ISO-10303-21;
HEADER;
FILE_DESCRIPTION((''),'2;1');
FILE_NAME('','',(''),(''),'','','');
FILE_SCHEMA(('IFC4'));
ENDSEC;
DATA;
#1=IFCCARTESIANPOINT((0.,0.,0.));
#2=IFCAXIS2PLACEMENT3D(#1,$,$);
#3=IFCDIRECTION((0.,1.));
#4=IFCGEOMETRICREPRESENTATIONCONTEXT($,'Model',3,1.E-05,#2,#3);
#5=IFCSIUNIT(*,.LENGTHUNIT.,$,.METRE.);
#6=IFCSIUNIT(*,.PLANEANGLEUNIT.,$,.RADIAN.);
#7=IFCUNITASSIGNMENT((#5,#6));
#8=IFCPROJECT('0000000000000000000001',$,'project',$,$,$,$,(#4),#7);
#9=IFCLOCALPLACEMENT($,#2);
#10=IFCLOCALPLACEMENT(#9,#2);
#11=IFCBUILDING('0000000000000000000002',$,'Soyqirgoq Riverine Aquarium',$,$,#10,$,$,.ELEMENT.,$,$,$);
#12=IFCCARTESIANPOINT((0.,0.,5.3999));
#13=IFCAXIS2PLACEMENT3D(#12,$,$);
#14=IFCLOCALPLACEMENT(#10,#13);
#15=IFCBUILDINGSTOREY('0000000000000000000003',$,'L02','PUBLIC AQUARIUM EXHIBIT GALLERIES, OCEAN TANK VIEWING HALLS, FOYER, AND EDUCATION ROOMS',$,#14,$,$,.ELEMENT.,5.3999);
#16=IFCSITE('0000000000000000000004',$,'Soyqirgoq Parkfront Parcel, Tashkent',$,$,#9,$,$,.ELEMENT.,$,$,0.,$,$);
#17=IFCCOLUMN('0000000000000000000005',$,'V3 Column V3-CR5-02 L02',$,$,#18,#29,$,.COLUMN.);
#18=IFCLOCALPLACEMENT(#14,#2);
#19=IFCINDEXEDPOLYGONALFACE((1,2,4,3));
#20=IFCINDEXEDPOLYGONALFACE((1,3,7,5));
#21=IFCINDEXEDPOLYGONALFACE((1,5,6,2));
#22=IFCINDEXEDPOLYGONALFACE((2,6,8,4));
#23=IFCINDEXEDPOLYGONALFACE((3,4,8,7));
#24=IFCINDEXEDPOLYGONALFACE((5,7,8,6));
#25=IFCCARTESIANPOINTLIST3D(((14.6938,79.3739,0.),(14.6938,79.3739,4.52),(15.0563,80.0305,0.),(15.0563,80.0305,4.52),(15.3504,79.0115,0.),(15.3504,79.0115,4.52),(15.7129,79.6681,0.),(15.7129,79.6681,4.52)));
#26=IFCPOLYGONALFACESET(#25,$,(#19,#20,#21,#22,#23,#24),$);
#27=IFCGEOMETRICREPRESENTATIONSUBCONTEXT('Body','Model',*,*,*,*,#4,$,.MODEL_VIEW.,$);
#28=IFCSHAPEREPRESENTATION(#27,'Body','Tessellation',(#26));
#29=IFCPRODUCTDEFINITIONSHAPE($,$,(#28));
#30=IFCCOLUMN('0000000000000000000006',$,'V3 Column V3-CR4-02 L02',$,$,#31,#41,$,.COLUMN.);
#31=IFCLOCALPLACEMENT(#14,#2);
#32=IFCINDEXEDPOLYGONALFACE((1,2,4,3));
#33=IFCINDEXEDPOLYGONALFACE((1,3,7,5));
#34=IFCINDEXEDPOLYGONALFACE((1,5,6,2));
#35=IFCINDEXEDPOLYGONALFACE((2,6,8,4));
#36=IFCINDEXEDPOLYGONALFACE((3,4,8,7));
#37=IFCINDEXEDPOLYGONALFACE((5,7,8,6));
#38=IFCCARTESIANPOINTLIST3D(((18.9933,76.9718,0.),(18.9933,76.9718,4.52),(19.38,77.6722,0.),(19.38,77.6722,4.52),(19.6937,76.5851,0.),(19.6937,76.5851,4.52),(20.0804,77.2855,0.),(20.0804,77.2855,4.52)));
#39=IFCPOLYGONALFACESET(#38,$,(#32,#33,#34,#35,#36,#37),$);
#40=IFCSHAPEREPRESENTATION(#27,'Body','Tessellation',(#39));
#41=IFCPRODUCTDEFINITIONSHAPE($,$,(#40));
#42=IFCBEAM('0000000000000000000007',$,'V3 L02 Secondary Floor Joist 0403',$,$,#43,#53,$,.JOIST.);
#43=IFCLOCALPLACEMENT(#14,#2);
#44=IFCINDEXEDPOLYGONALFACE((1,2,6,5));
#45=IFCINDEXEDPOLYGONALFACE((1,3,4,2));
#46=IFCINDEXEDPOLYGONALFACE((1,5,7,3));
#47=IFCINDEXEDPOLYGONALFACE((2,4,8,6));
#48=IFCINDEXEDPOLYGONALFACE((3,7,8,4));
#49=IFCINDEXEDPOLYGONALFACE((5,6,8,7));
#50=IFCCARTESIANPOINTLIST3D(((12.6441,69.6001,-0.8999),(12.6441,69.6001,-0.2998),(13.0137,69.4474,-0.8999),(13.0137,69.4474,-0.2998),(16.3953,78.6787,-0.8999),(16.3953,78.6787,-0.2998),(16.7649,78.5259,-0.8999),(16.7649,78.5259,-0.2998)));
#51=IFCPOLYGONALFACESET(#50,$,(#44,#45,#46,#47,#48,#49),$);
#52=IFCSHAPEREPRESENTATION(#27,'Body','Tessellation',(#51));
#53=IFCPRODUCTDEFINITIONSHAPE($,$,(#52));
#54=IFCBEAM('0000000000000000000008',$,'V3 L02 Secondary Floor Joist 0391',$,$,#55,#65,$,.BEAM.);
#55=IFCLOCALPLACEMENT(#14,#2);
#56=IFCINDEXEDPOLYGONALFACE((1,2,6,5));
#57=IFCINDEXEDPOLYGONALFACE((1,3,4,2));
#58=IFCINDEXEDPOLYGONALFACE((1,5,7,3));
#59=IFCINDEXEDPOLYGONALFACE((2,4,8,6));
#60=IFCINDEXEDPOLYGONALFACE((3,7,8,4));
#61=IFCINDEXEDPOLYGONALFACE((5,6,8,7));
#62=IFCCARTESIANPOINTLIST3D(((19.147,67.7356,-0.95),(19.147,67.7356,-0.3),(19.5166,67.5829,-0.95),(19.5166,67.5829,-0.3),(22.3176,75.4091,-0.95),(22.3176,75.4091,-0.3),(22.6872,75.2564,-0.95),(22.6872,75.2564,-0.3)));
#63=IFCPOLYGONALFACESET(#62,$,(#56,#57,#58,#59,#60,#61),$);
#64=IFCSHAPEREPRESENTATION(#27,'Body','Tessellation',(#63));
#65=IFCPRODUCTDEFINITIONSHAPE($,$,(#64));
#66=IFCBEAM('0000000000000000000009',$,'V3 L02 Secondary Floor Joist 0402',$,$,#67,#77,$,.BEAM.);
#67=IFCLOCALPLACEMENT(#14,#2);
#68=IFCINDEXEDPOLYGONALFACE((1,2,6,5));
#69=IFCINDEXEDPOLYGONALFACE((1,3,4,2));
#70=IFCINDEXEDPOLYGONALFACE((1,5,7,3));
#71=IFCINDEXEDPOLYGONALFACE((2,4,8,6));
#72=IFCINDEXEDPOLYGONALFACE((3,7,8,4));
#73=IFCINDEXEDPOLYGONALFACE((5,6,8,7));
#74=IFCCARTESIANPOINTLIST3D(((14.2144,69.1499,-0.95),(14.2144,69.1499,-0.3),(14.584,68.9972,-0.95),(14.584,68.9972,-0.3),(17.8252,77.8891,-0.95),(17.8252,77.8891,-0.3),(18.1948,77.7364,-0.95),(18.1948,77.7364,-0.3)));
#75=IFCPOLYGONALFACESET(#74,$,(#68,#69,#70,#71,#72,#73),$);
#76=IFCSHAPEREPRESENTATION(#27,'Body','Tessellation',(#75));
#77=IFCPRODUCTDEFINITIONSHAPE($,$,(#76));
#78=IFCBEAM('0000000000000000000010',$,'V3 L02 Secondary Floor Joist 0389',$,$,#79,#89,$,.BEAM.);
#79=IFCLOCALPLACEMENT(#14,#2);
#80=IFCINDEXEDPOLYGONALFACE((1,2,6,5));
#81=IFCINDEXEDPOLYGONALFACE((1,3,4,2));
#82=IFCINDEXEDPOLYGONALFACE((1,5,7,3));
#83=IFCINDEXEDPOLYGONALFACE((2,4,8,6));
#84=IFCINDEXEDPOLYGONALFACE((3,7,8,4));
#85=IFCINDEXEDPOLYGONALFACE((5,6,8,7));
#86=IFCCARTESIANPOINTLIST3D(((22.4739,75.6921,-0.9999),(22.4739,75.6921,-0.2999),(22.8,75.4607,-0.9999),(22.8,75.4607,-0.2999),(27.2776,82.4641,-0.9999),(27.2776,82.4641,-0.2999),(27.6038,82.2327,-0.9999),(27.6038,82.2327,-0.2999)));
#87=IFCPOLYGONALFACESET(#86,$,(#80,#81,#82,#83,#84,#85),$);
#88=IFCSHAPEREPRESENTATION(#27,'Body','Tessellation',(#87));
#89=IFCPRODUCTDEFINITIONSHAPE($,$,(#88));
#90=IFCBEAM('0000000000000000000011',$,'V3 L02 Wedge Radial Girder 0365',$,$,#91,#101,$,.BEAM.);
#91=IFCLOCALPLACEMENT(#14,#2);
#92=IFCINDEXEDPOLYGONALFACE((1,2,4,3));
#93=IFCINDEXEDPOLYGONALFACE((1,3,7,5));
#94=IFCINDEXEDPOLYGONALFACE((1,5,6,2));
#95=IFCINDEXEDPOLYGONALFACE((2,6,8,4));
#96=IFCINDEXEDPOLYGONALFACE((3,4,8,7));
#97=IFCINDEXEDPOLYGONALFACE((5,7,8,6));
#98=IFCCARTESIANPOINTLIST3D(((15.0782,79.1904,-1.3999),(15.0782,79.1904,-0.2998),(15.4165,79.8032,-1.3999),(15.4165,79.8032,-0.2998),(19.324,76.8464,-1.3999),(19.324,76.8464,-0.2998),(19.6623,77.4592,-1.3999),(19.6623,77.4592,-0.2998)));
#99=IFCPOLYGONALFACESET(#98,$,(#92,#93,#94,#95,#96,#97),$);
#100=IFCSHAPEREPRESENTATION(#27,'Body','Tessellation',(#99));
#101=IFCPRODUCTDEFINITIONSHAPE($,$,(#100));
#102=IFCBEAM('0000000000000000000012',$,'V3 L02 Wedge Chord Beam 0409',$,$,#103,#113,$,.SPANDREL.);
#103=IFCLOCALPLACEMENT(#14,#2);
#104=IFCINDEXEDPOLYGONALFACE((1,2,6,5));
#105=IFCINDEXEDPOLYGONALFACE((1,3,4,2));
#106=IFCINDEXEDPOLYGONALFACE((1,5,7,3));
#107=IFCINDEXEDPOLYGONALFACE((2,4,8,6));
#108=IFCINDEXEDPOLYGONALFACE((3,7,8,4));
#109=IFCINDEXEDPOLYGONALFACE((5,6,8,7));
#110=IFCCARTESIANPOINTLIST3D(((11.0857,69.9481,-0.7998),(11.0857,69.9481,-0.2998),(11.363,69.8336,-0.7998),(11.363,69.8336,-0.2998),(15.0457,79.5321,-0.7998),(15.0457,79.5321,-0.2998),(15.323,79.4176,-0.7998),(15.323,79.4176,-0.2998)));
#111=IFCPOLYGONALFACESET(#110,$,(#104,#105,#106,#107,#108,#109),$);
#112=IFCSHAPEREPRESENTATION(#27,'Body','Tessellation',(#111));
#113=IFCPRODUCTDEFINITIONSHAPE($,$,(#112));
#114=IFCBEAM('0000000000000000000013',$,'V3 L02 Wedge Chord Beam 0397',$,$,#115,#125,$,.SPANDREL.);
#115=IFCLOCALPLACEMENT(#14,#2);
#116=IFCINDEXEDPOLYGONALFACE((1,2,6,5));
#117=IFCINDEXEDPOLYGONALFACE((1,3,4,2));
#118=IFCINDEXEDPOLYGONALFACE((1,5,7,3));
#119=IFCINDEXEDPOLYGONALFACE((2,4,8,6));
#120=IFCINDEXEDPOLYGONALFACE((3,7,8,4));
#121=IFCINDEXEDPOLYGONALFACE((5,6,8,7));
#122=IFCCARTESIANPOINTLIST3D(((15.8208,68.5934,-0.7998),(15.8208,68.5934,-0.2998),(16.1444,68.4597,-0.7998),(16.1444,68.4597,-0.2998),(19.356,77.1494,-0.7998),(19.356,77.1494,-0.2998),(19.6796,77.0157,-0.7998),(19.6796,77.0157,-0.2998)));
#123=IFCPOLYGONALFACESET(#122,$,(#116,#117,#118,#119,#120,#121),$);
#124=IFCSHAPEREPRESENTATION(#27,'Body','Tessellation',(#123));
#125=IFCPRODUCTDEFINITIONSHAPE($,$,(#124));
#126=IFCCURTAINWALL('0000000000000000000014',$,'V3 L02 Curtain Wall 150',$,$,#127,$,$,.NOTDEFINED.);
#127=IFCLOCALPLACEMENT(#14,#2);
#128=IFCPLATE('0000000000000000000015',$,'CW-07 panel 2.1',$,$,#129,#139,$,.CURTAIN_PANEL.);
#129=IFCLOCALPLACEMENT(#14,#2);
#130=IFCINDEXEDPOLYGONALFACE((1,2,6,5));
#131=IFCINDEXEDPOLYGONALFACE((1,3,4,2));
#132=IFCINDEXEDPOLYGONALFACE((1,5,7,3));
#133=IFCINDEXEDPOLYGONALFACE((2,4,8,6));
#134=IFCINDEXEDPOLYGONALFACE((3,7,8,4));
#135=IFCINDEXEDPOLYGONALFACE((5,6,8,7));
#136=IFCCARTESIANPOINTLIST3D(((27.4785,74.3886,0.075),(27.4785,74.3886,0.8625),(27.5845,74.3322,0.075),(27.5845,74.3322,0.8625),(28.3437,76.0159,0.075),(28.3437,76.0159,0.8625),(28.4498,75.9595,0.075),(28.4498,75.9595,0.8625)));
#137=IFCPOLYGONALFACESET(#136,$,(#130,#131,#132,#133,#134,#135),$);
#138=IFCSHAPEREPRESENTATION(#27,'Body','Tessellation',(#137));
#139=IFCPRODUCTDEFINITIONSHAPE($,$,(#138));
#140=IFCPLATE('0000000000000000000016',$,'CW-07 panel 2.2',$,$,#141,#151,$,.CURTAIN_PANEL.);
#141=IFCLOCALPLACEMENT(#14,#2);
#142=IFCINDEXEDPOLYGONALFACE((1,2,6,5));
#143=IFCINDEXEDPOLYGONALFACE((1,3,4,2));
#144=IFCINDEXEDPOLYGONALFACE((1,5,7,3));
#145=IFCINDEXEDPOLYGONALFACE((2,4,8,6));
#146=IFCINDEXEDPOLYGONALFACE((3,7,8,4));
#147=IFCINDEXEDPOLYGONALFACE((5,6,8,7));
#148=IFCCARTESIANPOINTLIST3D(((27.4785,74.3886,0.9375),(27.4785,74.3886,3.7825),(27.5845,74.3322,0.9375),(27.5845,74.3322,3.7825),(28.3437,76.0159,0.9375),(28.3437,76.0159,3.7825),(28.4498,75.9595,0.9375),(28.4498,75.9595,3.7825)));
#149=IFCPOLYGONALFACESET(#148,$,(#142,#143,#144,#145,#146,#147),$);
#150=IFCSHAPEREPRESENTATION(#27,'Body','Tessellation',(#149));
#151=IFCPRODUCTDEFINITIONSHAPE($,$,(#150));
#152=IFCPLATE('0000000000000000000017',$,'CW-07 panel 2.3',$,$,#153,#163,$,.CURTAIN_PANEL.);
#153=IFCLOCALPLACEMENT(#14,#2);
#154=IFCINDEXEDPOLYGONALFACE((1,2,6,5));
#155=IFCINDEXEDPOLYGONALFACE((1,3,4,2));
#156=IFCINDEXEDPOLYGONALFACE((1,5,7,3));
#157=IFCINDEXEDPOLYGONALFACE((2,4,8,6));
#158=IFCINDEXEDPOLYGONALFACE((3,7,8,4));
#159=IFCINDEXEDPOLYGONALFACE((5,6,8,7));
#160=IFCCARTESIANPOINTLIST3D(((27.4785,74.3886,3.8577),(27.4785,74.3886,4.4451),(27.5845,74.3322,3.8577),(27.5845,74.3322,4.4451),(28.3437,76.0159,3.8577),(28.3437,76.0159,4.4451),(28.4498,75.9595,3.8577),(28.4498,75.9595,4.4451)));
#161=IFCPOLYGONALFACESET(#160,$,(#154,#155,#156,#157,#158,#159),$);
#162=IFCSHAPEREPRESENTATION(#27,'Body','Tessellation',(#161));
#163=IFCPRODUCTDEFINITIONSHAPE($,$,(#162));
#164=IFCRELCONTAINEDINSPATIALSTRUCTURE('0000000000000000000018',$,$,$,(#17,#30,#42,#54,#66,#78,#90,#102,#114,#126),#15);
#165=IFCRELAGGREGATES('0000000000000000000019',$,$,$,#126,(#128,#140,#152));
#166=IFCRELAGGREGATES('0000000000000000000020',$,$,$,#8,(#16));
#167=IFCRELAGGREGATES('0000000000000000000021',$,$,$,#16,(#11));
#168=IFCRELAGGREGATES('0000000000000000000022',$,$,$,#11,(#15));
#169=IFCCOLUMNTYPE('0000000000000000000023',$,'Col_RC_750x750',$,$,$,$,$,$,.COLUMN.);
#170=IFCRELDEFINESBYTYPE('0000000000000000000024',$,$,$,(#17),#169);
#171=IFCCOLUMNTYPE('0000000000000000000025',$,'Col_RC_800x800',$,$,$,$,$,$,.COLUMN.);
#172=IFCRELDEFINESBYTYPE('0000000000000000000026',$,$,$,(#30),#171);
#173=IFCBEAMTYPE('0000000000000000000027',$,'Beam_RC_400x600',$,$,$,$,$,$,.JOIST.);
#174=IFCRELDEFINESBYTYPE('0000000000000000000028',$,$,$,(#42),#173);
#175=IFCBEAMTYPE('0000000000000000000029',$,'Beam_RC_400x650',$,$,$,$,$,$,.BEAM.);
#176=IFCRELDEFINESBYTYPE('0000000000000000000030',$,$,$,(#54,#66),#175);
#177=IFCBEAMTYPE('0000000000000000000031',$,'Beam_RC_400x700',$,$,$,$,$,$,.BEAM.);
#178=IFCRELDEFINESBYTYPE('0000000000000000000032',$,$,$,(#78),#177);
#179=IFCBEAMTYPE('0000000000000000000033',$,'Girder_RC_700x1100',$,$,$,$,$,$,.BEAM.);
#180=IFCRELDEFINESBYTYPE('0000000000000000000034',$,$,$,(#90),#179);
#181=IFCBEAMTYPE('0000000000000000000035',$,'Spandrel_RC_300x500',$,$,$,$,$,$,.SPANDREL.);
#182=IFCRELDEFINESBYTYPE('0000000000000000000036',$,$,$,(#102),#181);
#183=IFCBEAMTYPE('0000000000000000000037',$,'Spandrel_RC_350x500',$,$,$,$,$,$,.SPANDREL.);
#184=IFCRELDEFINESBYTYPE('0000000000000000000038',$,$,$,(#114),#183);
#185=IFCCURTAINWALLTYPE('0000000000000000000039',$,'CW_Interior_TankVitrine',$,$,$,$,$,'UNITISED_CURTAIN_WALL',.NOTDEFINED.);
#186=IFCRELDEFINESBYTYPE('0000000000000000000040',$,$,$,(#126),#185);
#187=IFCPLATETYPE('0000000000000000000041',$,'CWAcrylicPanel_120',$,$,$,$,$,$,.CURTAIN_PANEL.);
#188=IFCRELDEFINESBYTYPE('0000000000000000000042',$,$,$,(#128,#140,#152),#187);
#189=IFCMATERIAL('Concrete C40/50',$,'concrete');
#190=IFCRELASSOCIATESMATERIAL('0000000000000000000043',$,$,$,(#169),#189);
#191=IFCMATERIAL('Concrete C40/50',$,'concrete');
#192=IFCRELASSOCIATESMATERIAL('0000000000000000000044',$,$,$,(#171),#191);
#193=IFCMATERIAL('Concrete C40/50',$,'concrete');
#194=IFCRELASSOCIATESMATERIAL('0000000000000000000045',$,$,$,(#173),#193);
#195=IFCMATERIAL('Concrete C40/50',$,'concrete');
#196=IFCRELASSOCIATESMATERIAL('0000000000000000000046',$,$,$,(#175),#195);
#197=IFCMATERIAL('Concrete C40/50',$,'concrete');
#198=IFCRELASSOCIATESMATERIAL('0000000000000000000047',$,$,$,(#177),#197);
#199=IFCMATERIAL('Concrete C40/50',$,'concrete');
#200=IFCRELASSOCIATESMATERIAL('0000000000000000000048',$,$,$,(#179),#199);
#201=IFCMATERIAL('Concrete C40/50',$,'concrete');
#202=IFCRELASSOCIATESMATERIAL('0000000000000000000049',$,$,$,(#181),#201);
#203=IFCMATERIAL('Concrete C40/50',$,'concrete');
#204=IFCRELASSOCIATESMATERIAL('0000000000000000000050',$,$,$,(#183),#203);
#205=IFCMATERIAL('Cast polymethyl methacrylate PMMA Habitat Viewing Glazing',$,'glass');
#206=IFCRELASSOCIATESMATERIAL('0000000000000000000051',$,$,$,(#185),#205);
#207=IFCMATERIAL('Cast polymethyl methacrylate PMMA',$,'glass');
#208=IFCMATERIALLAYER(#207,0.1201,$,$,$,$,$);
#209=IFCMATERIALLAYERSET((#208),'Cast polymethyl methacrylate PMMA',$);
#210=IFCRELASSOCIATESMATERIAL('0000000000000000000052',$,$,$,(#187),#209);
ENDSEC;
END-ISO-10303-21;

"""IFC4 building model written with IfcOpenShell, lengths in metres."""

from ifc_helpers import new_model, si_unit, direction, frame, origin, origin_2d, place, context, subcontext, project, spatial, rectangle, extrude, material, layer, layer_set, material_profile, profile_set, type_object, element, aggregate, save


model = new_model("IFC4")

# Units and contexts
model_context = context("Model", 3, precision=1e-05, world=origin(), true_north=direction((0.0, 1.0)))
body_context = subcontext(model_context, "Body", "Model", "MODEL_VIEW")
ifc_project = project(units=[si_unit("LENGTHUNIT", "METRE"), si_unit("PLANEANGLEUNIT", "RADIAN")], contexts=[model_context])

# Site, building, storey
site_placement = place(None, origin())
site = spatial("IfcSite", under=ifc_project, at=site_placement, Name="Soyqirgoq Parkfront Parcel, Tashkent", CompositionType="ELEMENT", RefElevation=0.0)
building_placement = place(site_placement, origin())
building = spatial("IfcBuilding", under=site, at=building_placement, Name="Soyqirgoq Riverine Aquarium", CompositionType="ELEMENT")
storey_placement = place(building_placement, frame((0.0, 0.0, 5.3999)))
storey = spatial("IfcBuildingStorey", under=building, at=storey_placement, Name="L02", Description="PUBLIC AQUARIUM EXHIBIT GALLERIES, OCEAN TANK VIEWING HALLS, FOYER, AND EDUCATION ROOMS", CompositionType="ELEMENT", Elevation=5.3999)

# Columns
ifc_material_1 = material(Name="Concrete C40/50", Category="concrete")
ifc_material_profile_1 = material_profile(ifc_material_1, rectangle(XDim=0.75, YDim=0.75, at=origin_2d()), Name="RC 750x750")
ifc_profile_set_1 = profile_set([ifc_material_profile_1], Name="Concrete C40/50")
column_type_1 = type_object("IfcColumnType", Name="Col_RC_750x750", PredefinedType="COLUMN", material=ifc_profile_set_1)
column_1_placement = place(storey_placement, frame((15.2034, 79.521, 0.0), z_axis=(0.0, 0.0, 1.0), x_axis=(-0.875465, 0.483282, 0.0)))
element("IfcColumn", 1, at=column_1_placement, inside=storey, type_object=column_type_1, Name="V3 Column V3-CR5-02 L02", PredefinedType="COLUMN", context=body_context, shape_type="SweptSolid", body=[
    extrude(rectangle(XDim=0.75, YDim=0.75, at=origin_2d()), origin(), (0.0, 0.0, 1.0), 4.52),
])
ifc_material_2 = material(Name="Concrete C40/50", Category="concrete")
ifc_material_profile_2 = material_profile(ifc_material_2, rectangle(XDim=0.8, YDim=0.8, at=origin_2d()), Name="RC 800x800")
ifc_profile_set_2 = profile_set([ifc_material_profile_2], Name="Concrete C40/50")
column_type_2 = type_object("IfcColumnType", Name="Col_RC_800x800", PredefinedType="COLUMN", material=ifc_profile_set_2)
column_2_placement = place(storey_placement, frame((19.5369, 77.1287, 0.0), z_axis=(0.0, 0.0, 1.0), x_axis=(-0.875465, 0.483282, 0.0)))
element("IfcColumn", 2, at=column_2_placement, inside=storey, type_object=column_type_2, Name="V3 Column V3-CR4-02 L02", PredefinedType="COLUMN", context=body_context, shape_type="SweptSolid", body=[
    extrude(rectangle(XDim=0.8, YDim=0.8, at=origin_2d()), origin(), (0.0, 0.0, 1.0), 4.52),
])

# Beams
ifc_material_3 = material(Name="Concrete C40/50", Category="concrete")
ifc_material_profile_3 = material_profile(ifc_material_3, rectangle(XDim=0.3999, YDim=0.6001, at=origin_2d()), Name="RC 400x600")
ifc_profile_set_3 = profile_set([ifc_material_profile_3], Name="Concrete C40/50")
beam_type_1 = type_object("IfcBeamType", Name="Beam_RC_400x600", PredefinedType="JOIST", material=ifc_profile_set_3)
beam_1_placement = place(storey_placement, frame((16.5801, 78.6023, -0.5999), z_axis=(-0.381878, -0.924213, 0.0), x_axis=(0.924213, -0.381878, 0.0)))
element("IfcBeam", 3, at=beam_1_placement, inside=storey, type_object=beam_type_1, Name="V3 L02 Secondary Floor Joist 0403", PredefinedType="JOIST", context=body_context, shape_type="SweptSolid", body=[
    extrude(rectangle(XDim=0.3999, YDim=0.6001, at=origin_2d()), origin(), (0.0, 0.0, 1.0), 9.823),
])
ifc_material_4 = material(Name="Concrete C40/50", Category="concrete")
ifc_material_profile_4 = material_profile(ifc_material_4, rectangle(XDim=0.3999, YDim=0.6499, at=origin_2d()), Name="RC 400x650")
ifc_profile_set_4 = profile_set([ifc_material_profile_4], Name="Concrete C40/50")
beam_type_2 = type_object("IfcBeamType", Name="Beam_RC_400x650", PredefinedType="BEAM", material=ifc_profile_set_4)
beam_2_placement = place(storey_placement, frame((22.5024, 75.3328, -0.625), z_axis=(-0.381876, -0.924213, 0.0), x_axis=(0.924213, -0.381876, 0.0)))
element("IfcBeam", 4, at=beam_2_placement, inside=storey, type_object=beam_type_2, Name="V3 L02 Secondary Floor Joist 0391", PredefinedType="BEAM", context=body_context, shape_type="SweptSolid", body=[
    extrude(rectangle(XDim=0.3999, YDim=0.6499, at=origin_2d()), origin(), (0.0, 0.0, 1.0), 8.3027),
])
beam_3_placement = place(storey_placement, frame((18.01, 77.8127, -0.625), z_axis=(-0.381864, -0.924219, 0.0), x_axis=(0.924219, -0.381864, 0.0)))
element("IfcBeam", 5, at=beam_3_placement, inside=storey, type_object=beam_type_2, Name="V3 L02 Secondary Floor Joist 0402", PredefinedType="BEAM", context=body_context, shape_type="SweptSolid", body=[
    extrude(rectangle(XDim=0.3999, YDim=0.6499, at=origin_2d()), origin(), (0.0, 0.0, 1.0), 9.4558),
])
ifc_material_5 = material(Name="Concrete C40/50", Category="concrete")
ifc_material_profile_5 = material_profile(ifc_material_5, rectangle(XDim=0.3999, YDim=0.7, at=origin_2d()), Name="RC 400x700")
ifc_profile_set_5 = profile_set([ifc_material_profile_5], Name="Concrete C40/50")
beam_type_3 = type_object("IfcBeamType", Name="Beam_RC_400x700", PredefinedType="BEAM", material=ifc_profile_set_5)
beam_4_placement = place(storey_placement, frame((27.4407, 82.3484, -0.6499), z_axis=(-0.57857, -0.815632, 0.0), x_axis=(0.815632, -0.57857, 0.0)))
element("IfcBeam", 6, at=beam_4_placement, inside=storey, type_object=beam_type_3, Name="V3 L02 Secondary Floor Joist 0389", PredefinedType="BEAM", context=body_context, shape_type="SweptSolid", body=[
    extrude(rectangle(XDim=0.3999, YDim=0.7, at=origin_2d()), origin(), (0.0, 0.0, 1.0), 8.3027),
])
ifc_material_6 = material(Name="Concrete C40/50", Category="concrete")
ifc_material_profile_6 = material_profile(ifc_material_6, rectangle(XDim=0.7, YDim=1.1001, at=origin_2d()), Name="RC 700x1100")
ifc_profile_set_6 = profile_set([ifc_material_profile_6], Name="Concrete C40/50")
beam_type_4 = type_object("IfcBeamType", Name="Girder_RC_700x1100", PredefinedType="BEAM", material=ifc_profile_set_6)
beam_5_placement = place(storey_placement, frame((19.4932, 77.1528, -0.8499), z_axis=(-0.875451, 0.483308, 0.0), x_axis=(-0.483308, -0.875451, 0.0)))
element("IfcBeam", 7, at=beam_5_placement, inside=storey, type_object=beam_type_4, Name="V3 L02 Wedge Radial Girder 0365", PredefinedType="BEAM", context=body_context, shape_type="SweptSolid", body=[
    extrude(rectangle(XDim=0.7, YDim=1.1001, at=origin_2d()), origin(), (0.0, 0.0, 1.0), 4.8499),
])
ifc_material_7 = material(Name="Concrete C40/50", Category="concrete")
ifc_material_profile_7 = material_profile(ifc_material_7, rectangle(XDim=0.3, YDim=0.5, at=origin_2d()), Name="RC 300x500")
ifc_profile_set_7 = profile_set([ifc_material_profile_7], Name="Concrete C40/50")
beam_type_5 = type_object("IfcBeamType", Name="Spandrel_RC_300x500", PredefinedType="SPANDREL", material=ifc_profile_set_7)
beam_6_placement = place(storey_placement, frame((15.1843, 79.4749, -0.5498), z_axis=(-0.381872, -0.924215, 0.0), x_axis=(0.924215, -0.381872, 0.0)))
element("IfcBeam", 8, at=beam_6_placement, inside=storey, type_object=beam_type_5, Name="V3 L02 Wedge Chord Beam 0409", PredefinedType="SPANDREL", context=body_context, shape_type="SweptSolid", body=[
    extrude(rectangle(XDim=0.3, YDim=0.5, at=origin_2d()), origin(), (0.0, 0.0, 1.0), 10.3699),
])
ifc_material_8 = material(Name="Concrete C40/50", Category="concrete")
ifc_material_profile_8 = material_profile(ifc_material_8, rectangle(XDim=0.3501, YDim=0.5, at=origin_2d()), Name="RC 350x500")
ifc_profile_set_8 = profile_set([ifc_material_profile_8], Name="Concrete C40/50")
beam_type_6 = type_object("IfcBeamType", Name="Spandrel_RC_350x500", PredefinedType="SPANDREL", material=ifc_profile_set_8)
beam_7_placement = place(storey_placement, frame((19.5178, 77.0825, -0.5498), z_axis=(-0.38187, -0.924216, 0.0), x_axis=(0.924216, -0.38187, 0.0)))
element("IfcBeam", 9, at=beam_7_placement, inside=storey, type_object=beam_type_6, Name="V3 L02 Wedge Chord Beam 0397", PredefinedType="SPANDREL", context=body_context, shape_type="SweptSolid", body=[
    extrude(rectangle(XDim=0.3501, YDim=0.5, at=origin_2d()), origin(), (0.0, 0.0, 1.0), 9.2576),
])

# Curtain wall, plates
ifc_material_9 = material(Name="Cast polymethyl methacrylate PMMA Habitat Viewing Glazing", Category="glass")
curtain_wall_type = type_object("IfcCurtainWallType", Name="CW_Interior_TankVitrine", ElementType="UNITISED_CURTAIN_WALL", PredefinedType="NOTDEFINED", material=ifc_material_9)
curtain_wall_placement = place(storey_placement, origin())
curtain_wall = element("IfcCurtainWall", 10, at=curtain_wall_placement, inside=storey, type_object=curtain_wall_type, Name="V3 L02 Curtain Wall 150", PredefinedType="NOTDEFINED")
ifc_material_10 = material(Name="Cast polymethyl methacrylate PMMA", Category="glass")
ifc_layer_1 = layer(ifc_material_10, 0.1201)
ifc_layer_set_1 = layer_set([ifc_layer_1], Name="Cast polymethyl methacrylate PMMA")
plate_type = type_object("IfcPlateType", Name="CWAcrylicPanel_120", PredefinedType="CURTAIN_PANEL", material=ifc_layer_set_1)
plate_1_placement = place(storey_placement, frame((27.9641, 75.1741, 0.075), z_axis=(0.0, 0.0, 1.0), x_axis=(-0.469475, -0.882946, 0.0)))
plate_1 = element("IfcPlate", 11, at=plate_1_placement, type_object=plate_type, Name="CW-07 panel 2.1", PredefinedType="CURTAIN_PANEL", context=body_context, shape_type="SweptSolid", body=[
    extrude(rectangle(XDim=1.843, YDim=0.1201, at=origin_2d()), origin(), (0.0, 0.0, 1.0), 0.7876),
])
plate_2_placement = place(storey_placement, frame((27.9641, 75.1741, 0.9375), z_axis=(0.0, 0.0, 1.0), x_axis=(-0.469475, -0.882946, 0.0)))
plate_2 = element("IfcPlate", 12, at=plate_2_placement, type_object=plate_type, Name="CW-07 panel 2.2", PredefinedType="CURTAIN_PANEL", context=body_context, shape_type="SweptSolid", body=[
    extrude(rectangle(XDim=1.843, YDim=0.1201, at=origin_2d()), origin(), (0.0, 0.0, 1.0), 2.845),
])
plate_3_placement = place(storey_placement, frame((27.9641, 75.1741, 3.8577), z_axis=(0.0, 0.0, 1.0), x_axis=(-0.469475, -0.882946, 0.0)))
plate_3 = element("IfcPlate", 13, at=plate_3_placement, type_object=plate_type, Name="CW-07 panel 2.3", PredefinedType="CURTAIN_PANEL", context=body_context, shape_type="SweptSolid", body=[
    extrude(rectangle(XDim=1.843, YDim=0.1201, at=origin_2d()), origin(), (0.0, 0.0, 1.0), 0.5874),
])
aggregate(curtain_wall, [plate_1, plate_2, plate_3])

save(model, "model.ifc")
